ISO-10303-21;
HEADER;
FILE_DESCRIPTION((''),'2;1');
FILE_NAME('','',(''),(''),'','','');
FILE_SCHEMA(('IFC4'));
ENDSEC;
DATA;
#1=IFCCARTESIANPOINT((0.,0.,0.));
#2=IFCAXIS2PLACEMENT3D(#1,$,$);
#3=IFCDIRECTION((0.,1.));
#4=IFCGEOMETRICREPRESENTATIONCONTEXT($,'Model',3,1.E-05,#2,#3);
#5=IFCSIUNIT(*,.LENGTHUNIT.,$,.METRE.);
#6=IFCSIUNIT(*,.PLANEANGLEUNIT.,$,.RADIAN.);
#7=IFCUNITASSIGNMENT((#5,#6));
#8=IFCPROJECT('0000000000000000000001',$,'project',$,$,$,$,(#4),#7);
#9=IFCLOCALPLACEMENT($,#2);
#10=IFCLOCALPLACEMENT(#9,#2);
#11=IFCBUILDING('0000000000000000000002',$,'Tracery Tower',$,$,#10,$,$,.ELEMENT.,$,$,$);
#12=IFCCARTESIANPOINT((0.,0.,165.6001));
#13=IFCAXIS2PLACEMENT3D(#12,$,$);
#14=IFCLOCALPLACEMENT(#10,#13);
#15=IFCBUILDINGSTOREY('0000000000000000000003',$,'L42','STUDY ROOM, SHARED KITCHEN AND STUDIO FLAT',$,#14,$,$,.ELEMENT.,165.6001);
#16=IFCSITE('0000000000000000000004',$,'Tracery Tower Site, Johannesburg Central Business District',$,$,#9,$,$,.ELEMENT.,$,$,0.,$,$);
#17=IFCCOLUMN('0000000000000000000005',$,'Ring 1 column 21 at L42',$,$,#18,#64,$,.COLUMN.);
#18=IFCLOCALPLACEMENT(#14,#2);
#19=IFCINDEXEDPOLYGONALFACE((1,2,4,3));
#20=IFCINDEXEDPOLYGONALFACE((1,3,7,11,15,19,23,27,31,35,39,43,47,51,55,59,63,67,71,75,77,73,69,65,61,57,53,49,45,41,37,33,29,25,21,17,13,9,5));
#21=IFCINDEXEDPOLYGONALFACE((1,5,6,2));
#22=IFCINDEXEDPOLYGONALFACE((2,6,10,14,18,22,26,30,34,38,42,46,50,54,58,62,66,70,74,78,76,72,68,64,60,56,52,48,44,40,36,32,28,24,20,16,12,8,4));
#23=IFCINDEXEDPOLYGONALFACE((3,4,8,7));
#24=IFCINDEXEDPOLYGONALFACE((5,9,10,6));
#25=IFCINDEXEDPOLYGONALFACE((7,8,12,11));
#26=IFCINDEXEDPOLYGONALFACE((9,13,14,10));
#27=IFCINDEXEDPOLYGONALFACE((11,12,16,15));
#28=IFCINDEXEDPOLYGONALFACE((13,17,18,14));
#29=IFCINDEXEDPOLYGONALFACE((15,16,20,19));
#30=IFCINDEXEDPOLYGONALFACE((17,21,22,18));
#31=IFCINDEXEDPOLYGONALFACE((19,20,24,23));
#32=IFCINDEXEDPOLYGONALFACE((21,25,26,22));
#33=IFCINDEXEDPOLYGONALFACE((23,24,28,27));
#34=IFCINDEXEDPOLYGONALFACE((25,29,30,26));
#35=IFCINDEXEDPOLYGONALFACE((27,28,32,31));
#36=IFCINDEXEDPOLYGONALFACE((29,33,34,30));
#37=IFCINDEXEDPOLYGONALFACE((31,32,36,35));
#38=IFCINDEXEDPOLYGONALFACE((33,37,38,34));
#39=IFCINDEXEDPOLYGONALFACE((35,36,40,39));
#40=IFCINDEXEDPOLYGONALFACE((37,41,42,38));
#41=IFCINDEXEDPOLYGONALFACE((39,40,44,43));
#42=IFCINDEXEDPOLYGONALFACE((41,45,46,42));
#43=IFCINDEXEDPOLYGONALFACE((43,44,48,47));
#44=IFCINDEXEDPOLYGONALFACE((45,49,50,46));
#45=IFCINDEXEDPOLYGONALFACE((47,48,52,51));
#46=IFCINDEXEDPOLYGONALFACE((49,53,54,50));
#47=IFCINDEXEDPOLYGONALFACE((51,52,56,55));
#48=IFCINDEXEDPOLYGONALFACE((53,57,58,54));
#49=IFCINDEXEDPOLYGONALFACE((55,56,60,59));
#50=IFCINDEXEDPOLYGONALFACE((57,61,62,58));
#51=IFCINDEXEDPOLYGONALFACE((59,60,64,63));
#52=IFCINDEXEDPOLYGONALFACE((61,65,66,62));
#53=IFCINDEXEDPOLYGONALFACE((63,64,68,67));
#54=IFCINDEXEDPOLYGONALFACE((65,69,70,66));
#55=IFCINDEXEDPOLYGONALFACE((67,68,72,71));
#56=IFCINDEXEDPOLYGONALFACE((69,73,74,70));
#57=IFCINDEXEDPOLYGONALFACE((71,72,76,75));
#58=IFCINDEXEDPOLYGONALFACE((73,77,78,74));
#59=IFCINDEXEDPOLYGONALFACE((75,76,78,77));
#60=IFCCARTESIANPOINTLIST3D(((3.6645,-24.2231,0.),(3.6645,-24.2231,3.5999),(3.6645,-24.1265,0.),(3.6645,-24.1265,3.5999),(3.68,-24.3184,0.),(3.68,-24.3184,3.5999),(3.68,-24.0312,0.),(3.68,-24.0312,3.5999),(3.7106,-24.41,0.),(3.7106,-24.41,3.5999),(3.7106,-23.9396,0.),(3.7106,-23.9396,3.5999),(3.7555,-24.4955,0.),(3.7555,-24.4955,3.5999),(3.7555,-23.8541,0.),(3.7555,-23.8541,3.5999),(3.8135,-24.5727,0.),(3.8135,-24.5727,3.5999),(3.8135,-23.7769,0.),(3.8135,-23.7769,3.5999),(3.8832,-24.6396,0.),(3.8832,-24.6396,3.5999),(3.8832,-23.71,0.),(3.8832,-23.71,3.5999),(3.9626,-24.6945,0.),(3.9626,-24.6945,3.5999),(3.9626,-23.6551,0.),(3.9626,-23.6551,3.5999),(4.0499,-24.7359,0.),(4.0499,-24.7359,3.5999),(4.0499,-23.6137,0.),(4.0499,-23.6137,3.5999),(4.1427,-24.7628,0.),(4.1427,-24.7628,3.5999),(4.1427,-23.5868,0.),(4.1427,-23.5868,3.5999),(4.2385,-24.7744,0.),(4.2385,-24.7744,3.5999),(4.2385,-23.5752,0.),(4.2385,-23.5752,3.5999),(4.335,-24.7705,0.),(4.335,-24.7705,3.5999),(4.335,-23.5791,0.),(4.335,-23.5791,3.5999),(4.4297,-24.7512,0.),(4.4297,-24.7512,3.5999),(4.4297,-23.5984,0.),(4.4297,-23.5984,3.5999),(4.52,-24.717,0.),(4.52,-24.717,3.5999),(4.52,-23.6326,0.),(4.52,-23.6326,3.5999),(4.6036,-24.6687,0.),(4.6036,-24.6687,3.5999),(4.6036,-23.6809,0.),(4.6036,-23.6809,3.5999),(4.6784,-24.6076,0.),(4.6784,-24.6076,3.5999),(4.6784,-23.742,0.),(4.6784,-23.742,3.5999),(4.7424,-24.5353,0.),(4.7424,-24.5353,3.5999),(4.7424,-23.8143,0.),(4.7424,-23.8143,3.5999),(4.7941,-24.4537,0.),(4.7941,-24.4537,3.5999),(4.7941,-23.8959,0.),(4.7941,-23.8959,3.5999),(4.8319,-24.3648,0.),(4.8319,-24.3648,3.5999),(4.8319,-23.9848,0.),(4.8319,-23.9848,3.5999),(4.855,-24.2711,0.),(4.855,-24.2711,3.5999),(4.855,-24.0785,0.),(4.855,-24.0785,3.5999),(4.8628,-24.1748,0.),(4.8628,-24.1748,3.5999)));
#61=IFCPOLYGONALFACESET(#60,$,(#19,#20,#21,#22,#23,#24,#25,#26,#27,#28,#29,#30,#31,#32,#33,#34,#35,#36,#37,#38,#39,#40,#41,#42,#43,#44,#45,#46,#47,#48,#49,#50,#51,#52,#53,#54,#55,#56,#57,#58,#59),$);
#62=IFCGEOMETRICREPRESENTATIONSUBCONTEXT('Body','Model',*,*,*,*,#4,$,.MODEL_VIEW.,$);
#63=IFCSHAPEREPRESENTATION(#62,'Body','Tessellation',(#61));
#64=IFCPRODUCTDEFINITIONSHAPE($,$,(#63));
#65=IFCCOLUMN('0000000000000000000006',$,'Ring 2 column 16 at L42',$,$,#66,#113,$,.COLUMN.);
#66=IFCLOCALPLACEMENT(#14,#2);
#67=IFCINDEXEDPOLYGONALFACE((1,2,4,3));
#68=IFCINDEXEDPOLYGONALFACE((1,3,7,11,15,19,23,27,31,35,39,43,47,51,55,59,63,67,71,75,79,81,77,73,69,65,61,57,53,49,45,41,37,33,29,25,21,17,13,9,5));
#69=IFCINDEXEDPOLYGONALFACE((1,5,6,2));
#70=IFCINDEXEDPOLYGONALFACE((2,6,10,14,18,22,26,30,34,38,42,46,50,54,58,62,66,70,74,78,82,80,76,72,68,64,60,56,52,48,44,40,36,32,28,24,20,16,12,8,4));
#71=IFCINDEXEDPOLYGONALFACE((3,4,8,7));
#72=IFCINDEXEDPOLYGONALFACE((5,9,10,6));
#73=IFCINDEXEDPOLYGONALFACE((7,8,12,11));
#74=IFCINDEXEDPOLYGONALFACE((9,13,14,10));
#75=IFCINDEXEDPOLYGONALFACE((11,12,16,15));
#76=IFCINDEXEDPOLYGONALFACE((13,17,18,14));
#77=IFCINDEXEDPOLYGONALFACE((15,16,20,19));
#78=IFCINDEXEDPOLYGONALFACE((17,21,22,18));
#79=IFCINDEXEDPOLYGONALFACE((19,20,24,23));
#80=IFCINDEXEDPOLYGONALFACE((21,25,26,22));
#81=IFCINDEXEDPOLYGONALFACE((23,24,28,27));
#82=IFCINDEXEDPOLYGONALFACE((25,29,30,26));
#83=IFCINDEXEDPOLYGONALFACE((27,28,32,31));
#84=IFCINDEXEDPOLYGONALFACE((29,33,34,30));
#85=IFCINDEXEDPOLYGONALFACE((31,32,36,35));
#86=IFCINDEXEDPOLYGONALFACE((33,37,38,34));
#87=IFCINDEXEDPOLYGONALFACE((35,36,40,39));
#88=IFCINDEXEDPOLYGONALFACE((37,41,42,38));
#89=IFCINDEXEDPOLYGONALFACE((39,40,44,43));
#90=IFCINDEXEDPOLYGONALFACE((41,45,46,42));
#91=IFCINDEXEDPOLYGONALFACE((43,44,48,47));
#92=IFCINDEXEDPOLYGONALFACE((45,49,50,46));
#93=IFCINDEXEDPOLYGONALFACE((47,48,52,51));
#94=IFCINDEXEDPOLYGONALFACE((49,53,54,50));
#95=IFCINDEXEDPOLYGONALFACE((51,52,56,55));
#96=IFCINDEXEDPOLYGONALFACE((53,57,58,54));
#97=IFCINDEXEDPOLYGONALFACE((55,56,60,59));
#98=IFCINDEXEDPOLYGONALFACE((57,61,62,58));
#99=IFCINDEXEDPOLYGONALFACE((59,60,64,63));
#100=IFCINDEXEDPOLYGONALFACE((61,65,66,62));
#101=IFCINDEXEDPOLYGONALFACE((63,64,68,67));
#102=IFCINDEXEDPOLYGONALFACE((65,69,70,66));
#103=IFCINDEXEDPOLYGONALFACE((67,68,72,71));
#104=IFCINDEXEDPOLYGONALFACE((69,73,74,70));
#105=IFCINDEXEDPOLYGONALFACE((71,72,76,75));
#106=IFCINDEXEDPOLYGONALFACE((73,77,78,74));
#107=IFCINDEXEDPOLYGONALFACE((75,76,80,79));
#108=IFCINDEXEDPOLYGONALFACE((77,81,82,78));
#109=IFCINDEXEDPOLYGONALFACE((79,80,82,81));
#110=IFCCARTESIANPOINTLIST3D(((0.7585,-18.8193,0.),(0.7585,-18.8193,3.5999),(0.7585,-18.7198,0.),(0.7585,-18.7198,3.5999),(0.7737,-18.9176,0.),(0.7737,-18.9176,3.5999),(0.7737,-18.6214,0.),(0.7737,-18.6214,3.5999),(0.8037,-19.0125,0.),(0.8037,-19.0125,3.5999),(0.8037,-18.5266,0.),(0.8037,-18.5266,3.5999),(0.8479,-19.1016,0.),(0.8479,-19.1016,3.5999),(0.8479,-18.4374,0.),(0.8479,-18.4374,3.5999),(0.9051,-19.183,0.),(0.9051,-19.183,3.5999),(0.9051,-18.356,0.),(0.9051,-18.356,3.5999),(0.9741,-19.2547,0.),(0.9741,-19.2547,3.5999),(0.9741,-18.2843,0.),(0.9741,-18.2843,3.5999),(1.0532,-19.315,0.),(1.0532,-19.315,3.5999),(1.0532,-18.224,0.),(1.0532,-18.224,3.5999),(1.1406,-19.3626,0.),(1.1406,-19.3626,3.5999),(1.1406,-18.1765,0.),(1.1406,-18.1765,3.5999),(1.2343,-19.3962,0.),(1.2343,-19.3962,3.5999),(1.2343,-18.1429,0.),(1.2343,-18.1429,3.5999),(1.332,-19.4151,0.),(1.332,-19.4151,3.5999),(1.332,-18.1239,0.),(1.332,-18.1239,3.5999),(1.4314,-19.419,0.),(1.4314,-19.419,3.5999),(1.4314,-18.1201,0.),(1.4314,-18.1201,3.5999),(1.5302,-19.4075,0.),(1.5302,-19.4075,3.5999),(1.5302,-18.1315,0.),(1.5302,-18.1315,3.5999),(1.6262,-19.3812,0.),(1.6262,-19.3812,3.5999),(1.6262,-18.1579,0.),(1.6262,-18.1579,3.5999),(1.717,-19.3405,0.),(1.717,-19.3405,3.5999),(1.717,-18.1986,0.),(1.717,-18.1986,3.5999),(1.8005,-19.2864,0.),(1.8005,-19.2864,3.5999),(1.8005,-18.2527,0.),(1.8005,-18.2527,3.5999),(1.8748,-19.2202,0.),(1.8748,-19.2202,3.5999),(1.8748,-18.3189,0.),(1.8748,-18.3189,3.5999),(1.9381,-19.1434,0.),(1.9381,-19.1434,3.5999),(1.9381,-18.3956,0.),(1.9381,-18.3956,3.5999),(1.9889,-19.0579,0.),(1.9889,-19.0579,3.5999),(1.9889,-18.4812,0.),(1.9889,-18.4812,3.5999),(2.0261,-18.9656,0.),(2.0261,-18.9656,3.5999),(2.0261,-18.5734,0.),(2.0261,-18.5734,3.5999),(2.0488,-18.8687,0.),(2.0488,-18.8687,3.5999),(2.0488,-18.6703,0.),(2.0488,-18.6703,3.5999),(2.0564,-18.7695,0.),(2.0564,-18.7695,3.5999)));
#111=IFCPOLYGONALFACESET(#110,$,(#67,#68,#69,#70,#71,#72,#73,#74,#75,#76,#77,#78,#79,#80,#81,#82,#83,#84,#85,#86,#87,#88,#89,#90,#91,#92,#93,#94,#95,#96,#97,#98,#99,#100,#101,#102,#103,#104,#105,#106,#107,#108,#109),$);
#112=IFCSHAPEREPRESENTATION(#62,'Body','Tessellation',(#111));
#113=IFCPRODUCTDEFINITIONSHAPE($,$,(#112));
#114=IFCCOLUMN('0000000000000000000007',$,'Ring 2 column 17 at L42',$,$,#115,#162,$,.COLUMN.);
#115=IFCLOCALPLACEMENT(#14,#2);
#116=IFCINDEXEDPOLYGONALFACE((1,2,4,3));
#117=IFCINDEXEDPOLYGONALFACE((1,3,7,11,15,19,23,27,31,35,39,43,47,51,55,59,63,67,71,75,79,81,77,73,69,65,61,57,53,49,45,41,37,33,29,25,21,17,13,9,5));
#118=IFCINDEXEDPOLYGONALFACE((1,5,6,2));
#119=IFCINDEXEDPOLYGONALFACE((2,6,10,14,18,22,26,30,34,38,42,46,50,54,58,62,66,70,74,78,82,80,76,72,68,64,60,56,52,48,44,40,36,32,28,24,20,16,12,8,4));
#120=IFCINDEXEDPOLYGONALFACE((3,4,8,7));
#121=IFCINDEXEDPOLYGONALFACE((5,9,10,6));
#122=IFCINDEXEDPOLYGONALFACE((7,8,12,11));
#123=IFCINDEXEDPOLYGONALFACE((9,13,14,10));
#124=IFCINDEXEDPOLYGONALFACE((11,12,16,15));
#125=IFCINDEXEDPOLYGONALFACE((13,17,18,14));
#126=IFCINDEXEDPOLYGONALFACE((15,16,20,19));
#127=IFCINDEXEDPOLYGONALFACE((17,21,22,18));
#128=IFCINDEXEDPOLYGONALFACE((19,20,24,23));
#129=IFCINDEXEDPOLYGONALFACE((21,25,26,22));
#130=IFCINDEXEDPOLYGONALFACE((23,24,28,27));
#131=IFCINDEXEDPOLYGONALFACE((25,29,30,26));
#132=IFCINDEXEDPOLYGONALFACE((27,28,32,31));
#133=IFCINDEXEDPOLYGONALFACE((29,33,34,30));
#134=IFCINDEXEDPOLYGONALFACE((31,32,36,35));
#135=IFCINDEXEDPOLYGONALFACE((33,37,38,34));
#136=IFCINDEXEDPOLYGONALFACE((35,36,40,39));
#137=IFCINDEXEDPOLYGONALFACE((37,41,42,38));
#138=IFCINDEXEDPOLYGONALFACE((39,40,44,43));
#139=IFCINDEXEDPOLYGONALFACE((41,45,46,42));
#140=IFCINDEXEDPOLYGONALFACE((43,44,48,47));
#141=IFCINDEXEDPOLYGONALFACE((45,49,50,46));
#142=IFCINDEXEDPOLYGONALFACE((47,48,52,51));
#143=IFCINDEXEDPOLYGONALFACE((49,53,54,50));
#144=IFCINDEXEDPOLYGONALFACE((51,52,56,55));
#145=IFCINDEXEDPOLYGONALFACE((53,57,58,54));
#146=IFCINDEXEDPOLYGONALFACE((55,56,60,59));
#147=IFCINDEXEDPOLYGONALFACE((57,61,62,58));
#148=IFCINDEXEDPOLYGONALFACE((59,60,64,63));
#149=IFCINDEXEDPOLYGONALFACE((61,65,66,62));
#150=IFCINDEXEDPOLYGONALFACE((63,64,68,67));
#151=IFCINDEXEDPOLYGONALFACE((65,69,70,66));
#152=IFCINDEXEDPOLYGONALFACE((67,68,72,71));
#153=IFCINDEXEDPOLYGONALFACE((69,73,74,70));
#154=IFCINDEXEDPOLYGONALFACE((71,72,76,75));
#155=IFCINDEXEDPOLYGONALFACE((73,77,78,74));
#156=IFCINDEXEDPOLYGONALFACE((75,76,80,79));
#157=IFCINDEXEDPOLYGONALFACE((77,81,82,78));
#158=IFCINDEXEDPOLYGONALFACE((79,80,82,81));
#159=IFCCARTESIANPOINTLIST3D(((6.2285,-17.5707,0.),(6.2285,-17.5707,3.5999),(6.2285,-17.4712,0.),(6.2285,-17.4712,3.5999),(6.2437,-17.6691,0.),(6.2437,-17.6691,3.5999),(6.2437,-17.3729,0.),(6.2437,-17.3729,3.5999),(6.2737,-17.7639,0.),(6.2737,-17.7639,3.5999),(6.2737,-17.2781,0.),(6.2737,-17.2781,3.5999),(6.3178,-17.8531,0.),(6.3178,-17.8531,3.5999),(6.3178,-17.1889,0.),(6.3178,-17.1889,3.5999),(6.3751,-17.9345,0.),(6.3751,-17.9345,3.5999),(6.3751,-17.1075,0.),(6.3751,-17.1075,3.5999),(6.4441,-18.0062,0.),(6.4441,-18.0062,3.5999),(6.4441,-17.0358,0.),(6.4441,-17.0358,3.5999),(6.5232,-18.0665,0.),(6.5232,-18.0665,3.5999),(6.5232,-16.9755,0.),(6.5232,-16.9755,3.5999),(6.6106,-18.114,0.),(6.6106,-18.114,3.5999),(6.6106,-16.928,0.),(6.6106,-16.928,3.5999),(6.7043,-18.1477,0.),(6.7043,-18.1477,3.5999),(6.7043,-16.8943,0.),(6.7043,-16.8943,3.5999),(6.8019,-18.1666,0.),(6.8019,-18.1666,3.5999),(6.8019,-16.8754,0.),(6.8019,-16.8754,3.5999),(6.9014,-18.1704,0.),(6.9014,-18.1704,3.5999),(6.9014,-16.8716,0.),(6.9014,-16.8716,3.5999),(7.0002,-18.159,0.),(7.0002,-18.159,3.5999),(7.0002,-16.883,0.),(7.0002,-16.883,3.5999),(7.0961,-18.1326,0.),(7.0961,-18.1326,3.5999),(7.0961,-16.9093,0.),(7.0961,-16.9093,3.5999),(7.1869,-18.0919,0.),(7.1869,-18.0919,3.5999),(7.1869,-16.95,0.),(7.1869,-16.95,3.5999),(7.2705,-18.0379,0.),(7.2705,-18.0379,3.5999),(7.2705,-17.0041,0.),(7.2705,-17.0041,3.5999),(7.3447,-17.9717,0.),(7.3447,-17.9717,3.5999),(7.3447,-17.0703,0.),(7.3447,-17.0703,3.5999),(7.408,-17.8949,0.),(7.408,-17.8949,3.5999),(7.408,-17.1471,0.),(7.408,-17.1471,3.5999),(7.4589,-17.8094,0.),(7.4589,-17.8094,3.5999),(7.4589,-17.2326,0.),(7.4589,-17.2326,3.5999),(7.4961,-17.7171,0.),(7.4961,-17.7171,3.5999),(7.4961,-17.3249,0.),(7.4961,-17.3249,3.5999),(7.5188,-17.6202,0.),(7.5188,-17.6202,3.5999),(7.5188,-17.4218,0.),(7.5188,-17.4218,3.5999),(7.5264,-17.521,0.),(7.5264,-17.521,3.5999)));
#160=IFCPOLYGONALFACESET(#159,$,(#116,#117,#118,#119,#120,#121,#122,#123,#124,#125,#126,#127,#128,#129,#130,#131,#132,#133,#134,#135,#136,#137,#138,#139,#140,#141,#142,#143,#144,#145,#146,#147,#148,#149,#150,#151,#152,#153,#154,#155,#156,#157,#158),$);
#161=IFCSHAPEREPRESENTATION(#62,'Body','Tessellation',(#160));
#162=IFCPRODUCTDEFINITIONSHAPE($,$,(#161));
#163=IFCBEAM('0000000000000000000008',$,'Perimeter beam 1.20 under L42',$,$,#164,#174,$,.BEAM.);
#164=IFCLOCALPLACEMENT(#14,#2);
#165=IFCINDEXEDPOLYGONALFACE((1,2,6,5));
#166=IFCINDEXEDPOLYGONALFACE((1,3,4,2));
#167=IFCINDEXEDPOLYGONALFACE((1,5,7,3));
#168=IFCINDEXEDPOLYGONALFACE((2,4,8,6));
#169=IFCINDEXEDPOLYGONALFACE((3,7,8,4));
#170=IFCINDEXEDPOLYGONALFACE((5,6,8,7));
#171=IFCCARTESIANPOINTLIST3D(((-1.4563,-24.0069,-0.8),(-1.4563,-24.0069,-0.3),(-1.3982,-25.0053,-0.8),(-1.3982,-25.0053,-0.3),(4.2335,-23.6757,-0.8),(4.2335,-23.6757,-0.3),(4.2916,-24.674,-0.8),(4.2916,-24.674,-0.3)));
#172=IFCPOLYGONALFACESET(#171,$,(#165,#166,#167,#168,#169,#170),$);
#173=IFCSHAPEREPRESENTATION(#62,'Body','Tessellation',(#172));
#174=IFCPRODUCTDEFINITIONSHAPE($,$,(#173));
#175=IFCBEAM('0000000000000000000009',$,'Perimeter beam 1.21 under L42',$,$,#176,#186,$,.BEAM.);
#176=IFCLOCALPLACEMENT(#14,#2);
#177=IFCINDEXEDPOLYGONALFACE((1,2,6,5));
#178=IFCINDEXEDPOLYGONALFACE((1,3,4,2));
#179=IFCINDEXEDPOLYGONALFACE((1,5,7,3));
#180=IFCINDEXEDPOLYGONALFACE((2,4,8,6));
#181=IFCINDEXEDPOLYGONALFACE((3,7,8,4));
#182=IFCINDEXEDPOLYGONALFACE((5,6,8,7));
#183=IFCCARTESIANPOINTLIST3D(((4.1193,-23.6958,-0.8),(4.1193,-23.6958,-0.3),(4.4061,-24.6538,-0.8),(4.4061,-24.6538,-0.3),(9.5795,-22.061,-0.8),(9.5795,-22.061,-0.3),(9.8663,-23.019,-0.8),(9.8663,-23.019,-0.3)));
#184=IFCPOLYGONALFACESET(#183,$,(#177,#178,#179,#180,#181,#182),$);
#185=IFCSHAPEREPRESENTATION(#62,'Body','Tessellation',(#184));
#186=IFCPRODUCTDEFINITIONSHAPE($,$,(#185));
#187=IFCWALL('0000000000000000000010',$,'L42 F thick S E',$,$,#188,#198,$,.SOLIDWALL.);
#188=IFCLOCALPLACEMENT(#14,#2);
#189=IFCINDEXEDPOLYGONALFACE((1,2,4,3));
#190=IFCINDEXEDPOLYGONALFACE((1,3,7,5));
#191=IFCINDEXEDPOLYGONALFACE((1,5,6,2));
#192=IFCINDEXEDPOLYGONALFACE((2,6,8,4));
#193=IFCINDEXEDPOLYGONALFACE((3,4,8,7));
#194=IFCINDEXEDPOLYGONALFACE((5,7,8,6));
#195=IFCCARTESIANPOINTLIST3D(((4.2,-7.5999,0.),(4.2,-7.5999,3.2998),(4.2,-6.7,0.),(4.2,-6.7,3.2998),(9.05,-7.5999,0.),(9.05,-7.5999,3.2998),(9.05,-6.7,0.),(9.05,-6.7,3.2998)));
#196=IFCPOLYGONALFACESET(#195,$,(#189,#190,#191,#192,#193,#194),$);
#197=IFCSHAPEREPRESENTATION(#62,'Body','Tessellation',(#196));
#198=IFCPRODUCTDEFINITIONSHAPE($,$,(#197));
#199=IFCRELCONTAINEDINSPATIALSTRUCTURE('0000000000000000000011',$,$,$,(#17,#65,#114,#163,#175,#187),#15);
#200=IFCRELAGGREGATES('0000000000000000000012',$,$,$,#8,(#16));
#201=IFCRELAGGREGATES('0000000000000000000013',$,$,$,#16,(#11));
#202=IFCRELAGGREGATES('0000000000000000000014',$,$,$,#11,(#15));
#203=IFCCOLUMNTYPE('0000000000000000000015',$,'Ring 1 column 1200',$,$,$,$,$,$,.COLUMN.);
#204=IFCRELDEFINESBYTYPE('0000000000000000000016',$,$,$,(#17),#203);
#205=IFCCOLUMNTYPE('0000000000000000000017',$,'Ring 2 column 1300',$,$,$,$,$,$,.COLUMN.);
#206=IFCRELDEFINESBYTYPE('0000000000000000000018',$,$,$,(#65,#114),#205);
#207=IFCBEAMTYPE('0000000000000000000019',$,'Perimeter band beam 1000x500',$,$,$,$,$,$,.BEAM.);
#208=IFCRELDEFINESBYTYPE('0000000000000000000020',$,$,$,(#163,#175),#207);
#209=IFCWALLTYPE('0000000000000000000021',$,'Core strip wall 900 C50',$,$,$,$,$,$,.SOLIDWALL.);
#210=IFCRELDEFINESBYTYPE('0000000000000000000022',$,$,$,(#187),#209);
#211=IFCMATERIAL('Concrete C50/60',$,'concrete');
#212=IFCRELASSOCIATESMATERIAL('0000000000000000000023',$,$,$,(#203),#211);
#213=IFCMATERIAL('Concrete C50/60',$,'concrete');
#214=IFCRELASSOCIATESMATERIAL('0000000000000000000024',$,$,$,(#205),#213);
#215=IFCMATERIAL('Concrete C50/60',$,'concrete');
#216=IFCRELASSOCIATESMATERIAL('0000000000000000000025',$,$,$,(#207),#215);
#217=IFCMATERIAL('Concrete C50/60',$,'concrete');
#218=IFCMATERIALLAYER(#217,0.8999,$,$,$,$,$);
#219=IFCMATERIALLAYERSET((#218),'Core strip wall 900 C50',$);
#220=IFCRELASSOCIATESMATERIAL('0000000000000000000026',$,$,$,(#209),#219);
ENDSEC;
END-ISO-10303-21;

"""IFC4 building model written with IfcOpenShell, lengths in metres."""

from ifc_helpers import new_model, si_unit, direction, frame, frame_2d, origin, origin_2d, place, context, subcontext, project, spatial, rectangle, circle, extrude, material, layer, layer_set, material_profile, profile_set, type_object, element, save


model = new_model("IFC4")

# Units and contexts
model_context = context("Model", 3, precision=1e-05, world=origin(), true_north=direction((0.0, 1.0)))
body_context = subcontext(model_context, "Body", "Model", "MODEL_VIEW")
ifc_project = project(units=[si_unit("LENGTHUNIT", "METRE"), si_unit("PLANEANGLEUNIT", "RADIAN")], contexts=[model_context])

# Site, building, storey
site_placement = place(None, origin())
site = spatial("IfcSite", under=ifc_project, at=site_placement, Name="Tracery Tower Site, Johannesburg Central Business District", CompositionType="ELEMENT", RefElevation=0.0)
building_placement = place(site_placement, origin())
building = spatial("IfcBuilding", under=site, at=building_placement, Name="Tracery Tower", CompositionType="ELEMENT")
storey_placement = place(building_placement, frame((0.0, 0.0, 165.6001)))
storey = spatial("IfcBuildingStorey", under=building, at=storey_placement, Name="L42", Description="STUDY ROOM, SHARED KITCHEN AND STUDIO FLAT", CompositionType="ELEMENT", Elevation=165.6001)

# Columns
ifc_material_1 = material(Name="Concrete C50/60", Category="concrete")
ifc_material_profile_1 = material_profile(ifc_material_1, circle(Radius=0.6001, at=origin_2d()), Name="RC D1200")
ifc_profile_set_1 = profile_set([ifc_material_profile_1], Name="Concrete C50/60")
column_type_1 = type_object("IfcColumnType", Name="Ring 1 column 1200", PredefinedType="COLUMN", material=ifc_profile_set_1)
column_placement = place(storey_placement, frame((4.2627, -24.1748, 0.0), z_axis=(0.0, 0.0, 1.0), x_axis=(1.0, 0.0, 0.0)))
element("IfcColumn", 1, at=column_placement, inside=storey, type_object=column_type_1, Name="Ring 1 column 21 at L42", PredefinedType="COLUMN", context=body_context, shape_type="SweptSolid", body=[
    extrude(circle(Radius=0.6001, at=origin_2d()), origin(), (0.0, 0.0, 1.0), 3.5999),
])
ifc_material_2 = material(Name="Concrete C50/60", Category="concrete")
ifc_material_profile_2 = material_profile(ifc_material_2, circle(Radius=0.6499, at=origin_2d()), Name="RC D1300")
ifc_profile_set_2 = profile_set([ifc_material_profile_2], Name="Concrete C50/60")
column_type_2 = type_object("IfcColumnType", Name="Ring 2 column 1300", PredefinedType="COLUMN", material=ifc_profile_set_2)
for number, where, z_axis, x_axis, name in (
    (2, (1.4065, -18.7695, 0.0), (0.0, 0.0, 1.0), (1.0, 0.0, 0.0), "Ring 2 column 16 at L42"),
    (3, (6.8765, -17.521, 0.0), (0.0, 0.0, 1.0), (1.0, 0.0, 0.0), "Ring 2 column 17 at L42"),
):
    element("IfcColumn", number, at=place(storey_placement, frame(where, z_axis=z_axis, x_axis=x_axis)), inside=storey, type_object=column_type_2, Name=name, PredefinedType="COLUMN", context=body_context, shape_type="SweptSolid", body=[
        extrude(circle(Radius=0.6499, at=origin_2d()), origin(), (0.0, 0.0, 1.0), 3.5999),
    ])

# Beams
ifc_material_3 = material(Name="Concrete C50/60", Category="concrete")
ifc_material_profile_3 = material_profile(ifc_material_3, rectangle(XDim=1.0, YDim=0.5, at=origin_2d()), Name="RC 1000x500")
ifc_profile_set_3 = profile_set([ifc_material_profile_3], Name="Concrete C50/60")
beam_type = type_object("IfcBeamType", Name="Perimeter band beam 1000x500", PredefinedType="BEAM", material=ifc_profile_set_3)
beam_1_placement = place(storey_placement, frame((-1.4272, -24.5061, -0.55), z_axis=(0.998309, 0.058127, 0.0), x_axis=(-0.058127, 0.998309, 0.0)))
element("IfcBeam", 4, at=beam_1_placement, inside=storey, type_object=beam_type, Name="Perimeter beam 1.20 under L42", PredefinedType="BEAM", context=body_context, shape_type="SweptSolid", body=[
    extrude(rectangle(XDim=1.0, YDim=0.5, at=origin_2d()), origin(), (0.0, 0.0, 1.0), 5.6995),
])
beam_2_placement = place(storey_placement, frame((4.2627, -24.1748, -0.55), z_axis=(0.957985, 0.286817, 0.0), x_axis=(-0.286817, 0.957985, 0.0)))
element("IfcBeam", 5, at=beam_2_placement, inside=storey, type_object=beam_type, Name="Perimeter beam 1.21 under L42", PredefinedType="BEAM", context=body_context, shape_type="SweptSolid", body=[
    extrude(rectangle(XDim=1.0, YDim=0.5, at=origin_2d()), origin(), (0.0, 0.0, 1.0), 5.6997),
])

# Wall
ifc_material_4 = material(Name="Concrete C50/60", Category="concrete")
ifc_layer_1 = layer(ifc_material_4, 0.8999)
ifc_layer_set_1 = layer_set([ifc_layer_1], Name="Core strip wall 900 C50")
wall_type_1 = type_object("IfcWallType", Name="Core strip wall 900 C50", PredefinedType="SOLIDWALL", material=ifc_layer_set_1)
wall_1_placement = place(storey_placement, frame((4.2, -7.1499, 0.0), z_axis=(0.0, 0.0, 1.0), x_axis=(1.0, 0.0, 0.0)))
element("IfcWall", 6, at=wall_1_placement, inside=storey, type_object=wall_type_1, Name="L42 F thick S E", PredefinedType="SOLIDWALL", context=body_context, shape_type="SweptSolid", body=[
    extrude(rectangle(XDim=4.8501, YDim=0.8999, at=frame_2d((2.425, 0.0))), origin(), (0.0, 0.0, 1.0), 3.2998),
])

save(model, "model.ifc")
